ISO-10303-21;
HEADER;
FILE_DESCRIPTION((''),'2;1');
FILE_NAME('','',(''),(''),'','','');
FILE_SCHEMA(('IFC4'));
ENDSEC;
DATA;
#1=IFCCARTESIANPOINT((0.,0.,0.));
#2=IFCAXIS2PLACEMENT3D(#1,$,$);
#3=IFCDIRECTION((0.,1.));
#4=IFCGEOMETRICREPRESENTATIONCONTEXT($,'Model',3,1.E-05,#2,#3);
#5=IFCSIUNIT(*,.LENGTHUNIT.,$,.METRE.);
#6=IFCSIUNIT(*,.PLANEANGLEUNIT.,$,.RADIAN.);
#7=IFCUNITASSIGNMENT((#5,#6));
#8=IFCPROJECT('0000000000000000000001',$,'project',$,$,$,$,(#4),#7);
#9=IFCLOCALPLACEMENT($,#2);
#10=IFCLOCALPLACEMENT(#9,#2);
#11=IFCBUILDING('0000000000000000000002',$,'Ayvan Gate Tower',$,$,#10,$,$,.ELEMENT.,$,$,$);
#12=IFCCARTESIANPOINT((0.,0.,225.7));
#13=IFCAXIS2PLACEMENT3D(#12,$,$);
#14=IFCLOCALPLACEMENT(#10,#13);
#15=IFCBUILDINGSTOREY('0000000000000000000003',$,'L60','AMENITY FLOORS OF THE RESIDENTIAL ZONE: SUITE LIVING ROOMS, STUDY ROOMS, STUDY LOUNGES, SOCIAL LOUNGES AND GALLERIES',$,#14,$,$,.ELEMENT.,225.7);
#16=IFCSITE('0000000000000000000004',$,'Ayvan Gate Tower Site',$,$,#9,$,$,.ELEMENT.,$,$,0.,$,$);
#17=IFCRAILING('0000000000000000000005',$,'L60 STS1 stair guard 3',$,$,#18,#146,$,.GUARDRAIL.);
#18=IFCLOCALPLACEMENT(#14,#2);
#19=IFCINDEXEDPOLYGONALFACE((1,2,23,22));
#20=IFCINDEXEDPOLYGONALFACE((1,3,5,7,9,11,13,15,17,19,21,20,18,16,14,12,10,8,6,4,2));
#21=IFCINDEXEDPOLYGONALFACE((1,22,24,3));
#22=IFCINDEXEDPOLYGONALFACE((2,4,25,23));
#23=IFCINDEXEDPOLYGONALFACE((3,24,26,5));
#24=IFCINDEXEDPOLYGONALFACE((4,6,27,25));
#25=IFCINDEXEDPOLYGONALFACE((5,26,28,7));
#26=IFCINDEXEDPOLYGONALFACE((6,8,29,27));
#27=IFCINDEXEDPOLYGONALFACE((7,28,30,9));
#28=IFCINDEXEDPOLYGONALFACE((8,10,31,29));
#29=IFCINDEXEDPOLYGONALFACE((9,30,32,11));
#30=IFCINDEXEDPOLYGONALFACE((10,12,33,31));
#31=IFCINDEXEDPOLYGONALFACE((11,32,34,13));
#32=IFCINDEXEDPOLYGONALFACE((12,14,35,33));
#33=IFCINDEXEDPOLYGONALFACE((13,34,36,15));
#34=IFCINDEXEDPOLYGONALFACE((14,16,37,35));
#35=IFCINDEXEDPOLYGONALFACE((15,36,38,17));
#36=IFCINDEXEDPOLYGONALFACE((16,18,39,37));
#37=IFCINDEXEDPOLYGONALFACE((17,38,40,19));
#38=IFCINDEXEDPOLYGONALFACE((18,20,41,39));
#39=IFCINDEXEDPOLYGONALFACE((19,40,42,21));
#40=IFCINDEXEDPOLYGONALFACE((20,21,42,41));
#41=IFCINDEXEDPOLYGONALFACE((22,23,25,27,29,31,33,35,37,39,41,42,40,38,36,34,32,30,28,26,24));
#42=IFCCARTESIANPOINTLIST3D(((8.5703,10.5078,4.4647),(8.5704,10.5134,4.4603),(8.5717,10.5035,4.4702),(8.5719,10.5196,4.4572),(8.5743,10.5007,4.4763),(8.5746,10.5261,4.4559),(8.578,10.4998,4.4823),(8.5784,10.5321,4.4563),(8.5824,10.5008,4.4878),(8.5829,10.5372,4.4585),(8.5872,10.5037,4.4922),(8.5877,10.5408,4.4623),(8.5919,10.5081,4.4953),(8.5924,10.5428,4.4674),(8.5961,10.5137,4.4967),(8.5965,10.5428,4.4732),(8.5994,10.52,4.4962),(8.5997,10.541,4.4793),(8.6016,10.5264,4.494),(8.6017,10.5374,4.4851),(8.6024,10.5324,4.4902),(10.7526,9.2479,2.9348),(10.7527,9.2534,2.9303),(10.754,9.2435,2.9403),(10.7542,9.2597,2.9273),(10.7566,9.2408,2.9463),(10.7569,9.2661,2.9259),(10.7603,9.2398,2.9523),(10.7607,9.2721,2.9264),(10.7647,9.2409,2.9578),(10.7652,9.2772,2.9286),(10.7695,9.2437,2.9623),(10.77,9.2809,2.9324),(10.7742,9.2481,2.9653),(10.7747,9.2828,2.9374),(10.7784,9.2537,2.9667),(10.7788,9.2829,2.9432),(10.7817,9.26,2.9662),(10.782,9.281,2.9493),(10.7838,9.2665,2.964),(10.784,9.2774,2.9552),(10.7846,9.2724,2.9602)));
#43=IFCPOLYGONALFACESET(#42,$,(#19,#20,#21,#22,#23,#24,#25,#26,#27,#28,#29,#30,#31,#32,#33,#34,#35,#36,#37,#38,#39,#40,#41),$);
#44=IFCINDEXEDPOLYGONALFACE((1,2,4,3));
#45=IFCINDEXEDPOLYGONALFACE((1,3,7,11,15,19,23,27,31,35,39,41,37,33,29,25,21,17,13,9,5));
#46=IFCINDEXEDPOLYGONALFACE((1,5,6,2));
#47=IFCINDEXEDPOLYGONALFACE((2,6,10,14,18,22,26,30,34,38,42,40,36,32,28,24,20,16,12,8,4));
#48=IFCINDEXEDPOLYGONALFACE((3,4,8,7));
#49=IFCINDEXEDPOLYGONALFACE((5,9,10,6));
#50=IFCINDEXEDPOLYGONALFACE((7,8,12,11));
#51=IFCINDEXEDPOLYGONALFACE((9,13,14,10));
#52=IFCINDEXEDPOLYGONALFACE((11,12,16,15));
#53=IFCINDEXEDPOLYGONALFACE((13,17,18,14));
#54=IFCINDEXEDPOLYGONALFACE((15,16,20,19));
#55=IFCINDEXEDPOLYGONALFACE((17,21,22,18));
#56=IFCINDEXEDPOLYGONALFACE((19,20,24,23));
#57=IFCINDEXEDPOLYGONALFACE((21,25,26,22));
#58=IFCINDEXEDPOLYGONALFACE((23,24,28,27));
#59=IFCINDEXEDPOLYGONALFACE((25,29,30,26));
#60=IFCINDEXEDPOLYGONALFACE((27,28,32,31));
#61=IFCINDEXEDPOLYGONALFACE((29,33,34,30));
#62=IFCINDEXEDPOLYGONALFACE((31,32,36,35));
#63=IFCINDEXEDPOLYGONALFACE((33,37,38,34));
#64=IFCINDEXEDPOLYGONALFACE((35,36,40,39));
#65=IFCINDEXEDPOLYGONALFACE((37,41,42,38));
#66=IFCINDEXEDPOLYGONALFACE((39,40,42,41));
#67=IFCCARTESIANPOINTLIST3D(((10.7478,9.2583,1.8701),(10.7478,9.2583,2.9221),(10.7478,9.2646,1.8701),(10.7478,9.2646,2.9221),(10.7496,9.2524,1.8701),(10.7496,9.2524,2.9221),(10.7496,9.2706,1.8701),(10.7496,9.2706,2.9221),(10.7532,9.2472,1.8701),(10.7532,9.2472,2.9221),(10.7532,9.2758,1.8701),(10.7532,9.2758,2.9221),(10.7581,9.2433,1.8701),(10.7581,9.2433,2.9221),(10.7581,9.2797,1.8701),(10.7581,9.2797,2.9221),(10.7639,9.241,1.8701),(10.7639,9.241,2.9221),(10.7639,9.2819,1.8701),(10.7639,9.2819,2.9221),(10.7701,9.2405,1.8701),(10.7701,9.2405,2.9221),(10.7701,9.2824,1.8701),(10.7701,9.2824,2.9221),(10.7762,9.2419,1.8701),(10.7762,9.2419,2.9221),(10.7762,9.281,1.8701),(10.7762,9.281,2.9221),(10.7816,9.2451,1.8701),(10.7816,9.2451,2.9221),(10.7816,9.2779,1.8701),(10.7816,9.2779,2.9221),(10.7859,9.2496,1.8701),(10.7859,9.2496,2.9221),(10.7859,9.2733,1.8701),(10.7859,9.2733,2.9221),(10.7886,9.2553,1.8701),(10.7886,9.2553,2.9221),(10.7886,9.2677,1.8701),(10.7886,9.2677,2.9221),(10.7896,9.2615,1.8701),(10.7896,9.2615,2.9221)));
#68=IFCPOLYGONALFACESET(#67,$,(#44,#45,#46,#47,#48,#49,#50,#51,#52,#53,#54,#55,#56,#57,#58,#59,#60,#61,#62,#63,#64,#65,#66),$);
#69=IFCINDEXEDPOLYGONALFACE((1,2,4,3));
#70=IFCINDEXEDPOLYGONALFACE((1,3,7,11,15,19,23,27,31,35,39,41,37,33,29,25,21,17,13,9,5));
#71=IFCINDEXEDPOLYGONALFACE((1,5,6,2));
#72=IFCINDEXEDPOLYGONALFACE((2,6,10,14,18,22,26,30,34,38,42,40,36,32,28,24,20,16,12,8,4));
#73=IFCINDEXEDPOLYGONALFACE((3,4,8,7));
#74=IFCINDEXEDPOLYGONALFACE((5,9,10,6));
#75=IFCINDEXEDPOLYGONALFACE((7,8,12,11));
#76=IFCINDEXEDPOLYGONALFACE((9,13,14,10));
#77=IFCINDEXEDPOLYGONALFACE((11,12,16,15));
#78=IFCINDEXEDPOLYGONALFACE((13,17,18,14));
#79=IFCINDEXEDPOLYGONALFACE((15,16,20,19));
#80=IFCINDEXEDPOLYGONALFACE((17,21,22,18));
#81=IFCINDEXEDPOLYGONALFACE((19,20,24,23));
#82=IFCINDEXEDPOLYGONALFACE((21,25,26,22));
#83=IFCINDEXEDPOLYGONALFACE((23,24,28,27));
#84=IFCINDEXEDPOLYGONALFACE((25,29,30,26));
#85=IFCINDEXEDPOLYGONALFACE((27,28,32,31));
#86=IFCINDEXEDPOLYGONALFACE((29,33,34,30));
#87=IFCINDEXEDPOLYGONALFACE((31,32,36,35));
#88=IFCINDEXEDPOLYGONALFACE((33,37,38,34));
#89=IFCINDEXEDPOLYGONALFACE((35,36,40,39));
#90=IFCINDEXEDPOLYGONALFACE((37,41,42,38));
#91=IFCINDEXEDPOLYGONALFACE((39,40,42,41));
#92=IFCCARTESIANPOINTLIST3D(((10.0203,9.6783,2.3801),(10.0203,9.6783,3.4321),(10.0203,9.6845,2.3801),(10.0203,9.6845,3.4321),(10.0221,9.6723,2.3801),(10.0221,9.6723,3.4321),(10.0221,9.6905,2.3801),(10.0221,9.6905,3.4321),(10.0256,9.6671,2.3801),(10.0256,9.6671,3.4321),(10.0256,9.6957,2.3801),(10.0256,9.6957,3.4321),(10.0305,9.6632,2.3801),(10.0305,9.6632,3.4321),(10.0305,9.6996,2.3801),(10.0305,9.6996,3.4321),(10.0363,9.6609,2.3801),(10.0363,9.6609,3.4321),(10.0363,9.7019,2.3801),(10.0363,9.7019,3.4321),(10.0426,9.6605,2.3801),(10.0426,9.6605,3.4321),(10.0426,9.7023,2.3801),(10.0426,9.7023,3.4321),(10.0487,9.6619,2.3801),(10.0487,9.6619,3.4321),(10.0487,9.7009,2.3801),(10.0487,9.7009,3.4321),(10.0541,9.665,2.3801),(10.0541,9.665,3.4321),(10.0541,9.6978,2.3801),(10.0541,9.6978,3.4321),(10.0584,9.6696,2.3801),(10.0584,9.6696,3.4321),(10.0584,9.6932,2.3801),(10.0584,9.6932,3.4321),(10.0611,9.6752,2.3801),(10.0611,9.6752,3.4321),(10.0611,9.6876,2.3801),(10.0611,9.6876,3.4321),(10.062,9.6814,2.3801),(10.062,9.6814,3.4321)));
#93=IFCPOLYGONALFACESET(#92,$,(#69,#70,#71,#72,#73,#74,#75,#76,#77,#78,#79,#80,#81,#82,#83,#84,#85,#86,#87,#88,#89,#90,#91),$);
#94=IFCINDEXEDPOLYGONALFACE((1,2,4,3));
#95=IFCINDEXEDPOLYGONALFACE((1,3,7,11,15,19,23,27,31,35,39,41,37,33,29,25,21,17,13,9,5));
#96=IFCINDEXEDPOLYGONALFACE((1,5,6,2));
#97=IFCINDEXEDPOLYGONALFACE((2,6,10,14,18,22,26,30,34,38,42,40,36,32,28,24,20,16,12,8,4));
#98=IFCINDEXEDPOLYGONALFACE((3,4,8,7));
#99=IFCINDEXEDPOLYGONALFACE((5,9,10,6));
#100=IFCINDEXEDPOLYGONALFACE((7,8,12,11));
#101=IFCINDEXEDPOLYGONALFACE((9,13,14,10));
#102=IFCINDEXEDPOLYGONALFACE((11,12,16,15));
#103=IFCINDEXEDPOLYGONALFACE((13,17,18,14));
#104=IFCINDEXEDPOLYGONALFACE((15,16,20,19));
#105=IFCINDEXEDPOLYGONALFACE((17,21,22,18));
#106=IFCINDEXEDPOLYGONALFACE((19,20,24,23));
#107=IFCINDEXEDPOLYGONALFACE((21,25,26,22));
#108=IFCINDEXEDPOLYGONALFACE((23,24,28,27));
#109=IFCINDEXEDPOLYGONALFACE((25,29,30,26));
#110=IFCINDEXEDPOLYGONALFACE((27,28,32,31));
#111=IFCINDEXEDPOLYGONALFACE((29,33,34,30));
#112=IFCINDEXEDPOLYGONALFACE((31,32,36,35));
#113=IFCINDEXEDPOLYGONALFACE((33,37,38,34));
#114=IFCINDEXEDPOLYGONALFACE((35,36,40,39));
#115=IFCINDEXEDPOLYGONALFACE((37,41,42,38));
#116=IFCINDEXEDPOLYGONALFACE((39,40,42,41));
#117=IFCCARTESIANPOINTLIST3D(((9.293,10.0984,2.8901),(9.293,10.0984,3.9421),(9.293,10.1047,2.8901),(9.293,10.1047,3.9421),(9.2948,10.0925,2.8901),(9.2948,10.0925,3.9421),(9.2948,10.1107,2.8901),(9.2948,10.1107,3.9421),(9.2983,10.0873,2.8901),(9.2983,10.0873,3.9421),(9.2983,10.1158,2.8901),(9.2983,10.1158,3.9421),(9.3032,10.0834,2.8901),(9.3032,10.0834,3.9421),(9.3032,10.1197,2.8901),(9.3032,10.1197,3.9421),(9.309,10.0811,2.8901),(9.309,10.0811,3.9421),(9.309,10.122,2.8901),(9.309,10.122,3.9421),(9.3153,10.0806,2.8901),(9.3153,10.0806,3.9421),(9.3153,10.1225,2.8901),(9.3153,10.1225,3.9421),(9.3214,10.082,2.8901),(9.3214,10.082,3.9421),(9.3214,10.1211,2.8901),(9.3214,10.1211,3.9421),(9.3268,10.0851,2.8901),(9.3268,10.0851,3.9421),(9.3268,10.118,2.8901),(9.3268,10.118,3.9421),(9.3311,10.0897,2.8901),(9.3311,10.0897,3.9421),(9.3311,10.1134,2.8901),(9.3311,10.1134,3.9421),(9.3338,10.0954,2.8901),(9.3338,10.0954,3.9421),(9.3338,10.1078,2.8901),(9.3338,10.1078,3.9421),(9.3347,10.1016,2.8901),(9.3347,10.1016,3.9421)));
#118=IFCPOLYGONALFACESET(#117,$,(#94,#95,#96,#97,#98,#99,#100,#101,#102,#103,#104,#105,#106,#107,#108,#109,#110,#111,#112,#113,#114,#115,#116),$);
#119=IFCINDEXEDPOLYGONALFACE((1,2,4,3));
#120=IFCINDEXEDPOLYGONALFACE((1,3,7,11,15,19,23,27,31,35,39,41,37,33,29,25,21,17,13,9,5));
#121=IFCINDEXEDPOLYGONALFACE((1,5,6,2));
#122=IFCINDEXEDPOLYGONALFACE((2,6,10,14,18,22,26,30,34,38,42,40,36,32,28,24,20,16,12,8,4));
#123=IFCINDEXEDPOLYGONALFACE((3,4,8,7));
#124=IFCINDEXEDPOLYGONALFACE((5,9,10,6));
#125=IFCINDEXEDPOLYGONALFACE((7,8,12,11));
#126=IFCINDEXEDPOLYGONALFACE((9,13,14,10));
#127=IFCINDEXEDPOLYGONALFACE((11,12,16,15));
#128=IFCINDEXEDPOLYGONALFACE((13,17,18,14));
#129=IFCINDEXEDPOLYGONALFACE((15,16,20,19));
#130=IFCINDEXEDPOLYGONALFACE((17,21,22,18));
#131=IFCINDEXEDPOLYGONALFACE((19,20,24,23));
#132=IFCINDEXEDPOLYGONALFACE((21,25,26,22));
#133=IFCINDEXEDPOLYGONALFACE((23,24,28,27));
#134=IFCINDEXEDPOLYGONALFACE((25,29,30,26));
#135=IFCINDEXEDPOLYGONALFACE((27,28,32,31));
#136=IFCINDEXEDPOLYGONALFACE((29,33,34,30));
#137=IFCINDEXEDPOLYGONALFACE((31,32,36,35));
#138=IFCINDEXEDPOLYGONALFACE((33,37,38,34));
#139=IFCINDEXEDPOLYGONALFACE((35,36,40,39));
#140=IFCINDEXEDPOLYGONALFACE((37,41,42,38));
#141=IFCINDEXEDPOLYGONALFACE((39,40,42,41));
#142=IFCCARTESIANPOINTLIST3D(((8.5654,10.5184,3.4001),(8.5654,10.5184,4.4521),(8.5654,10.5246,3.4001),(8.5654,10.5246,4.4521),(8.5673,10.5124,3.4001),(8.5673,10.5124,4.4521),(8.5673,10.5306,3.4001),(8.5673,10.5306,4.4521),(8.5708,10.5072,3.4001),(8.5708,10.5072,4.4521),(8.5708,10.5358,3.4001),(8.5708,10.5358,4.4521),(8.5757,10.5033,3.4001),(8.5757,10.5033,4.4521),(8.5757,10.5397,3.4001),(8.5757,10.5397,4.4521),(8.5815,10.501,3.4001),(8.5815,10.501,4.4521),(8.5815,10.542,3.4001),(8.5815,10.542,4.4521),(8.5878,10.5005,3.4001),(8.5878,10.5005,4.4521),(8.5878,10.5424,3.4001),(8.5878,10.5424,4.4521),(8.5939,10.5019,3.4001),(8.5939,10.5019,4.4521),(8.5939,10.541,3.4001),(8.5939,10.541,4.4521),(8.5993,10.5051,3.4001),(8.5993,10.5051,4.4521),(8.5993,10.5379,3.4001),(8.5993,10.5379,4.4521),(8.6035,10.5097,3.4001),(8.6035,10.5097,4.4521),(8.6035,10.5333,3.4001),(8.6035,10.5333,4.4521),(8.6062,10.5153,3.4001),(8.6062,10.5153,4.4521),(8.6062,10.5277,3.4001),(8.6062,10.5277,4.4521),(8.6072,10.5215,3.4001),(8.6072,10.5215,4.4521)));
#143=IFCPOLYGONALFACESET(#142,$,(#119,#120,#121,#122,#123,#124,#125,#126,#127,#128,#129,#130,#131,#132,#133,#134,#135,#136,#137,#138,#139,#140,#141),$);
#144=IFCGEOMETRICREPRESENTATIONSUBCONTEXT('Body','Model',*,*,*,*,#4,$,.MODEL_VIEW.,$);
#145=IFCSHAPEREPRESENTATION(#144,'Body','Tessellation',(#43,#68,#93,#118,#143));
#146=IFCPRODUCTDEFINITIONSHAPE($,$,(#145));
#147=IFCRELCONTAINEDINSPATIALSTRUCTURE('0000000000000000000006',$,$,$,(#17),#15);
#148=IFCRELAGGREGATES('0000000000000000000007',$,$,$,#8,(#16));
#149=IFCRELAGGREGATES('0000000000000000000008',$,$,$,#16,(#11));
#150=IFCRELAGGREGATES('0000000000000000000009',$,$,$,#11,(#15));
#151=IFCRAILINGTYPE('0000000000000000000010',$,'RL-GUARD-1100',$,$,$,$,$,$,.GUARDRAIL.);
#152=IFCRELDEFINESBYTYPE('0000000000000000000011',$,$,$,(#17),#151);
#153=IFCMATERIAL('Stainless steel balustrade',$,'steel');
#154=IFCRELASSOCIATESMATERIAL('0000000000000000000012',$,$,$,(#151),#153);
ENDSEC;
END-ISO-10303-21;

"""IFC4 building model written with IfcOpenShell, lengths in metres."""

from ifc_helpers import new_model, si_unit, direction, frame, origin, origin_2d, place, context, subcontext, project, spatial, circle, extrude, material, type_object, element, save


model = new_model("IFC4")

# Units and contexts
model_context = context("Model", 3, precision=1e-05, world=origin(), true_north=direction((0.0, 1.0)))
body_context = subcontext(model_context, "Body", "Model", "MODEL_VIEW")
ifc_project = project(units=[si_unit("LENGTHUNIT", "METRE"), si_unit("PLANEANGLEUNIT", "RADIAN")], contexts=[model_context])

# Site, building, storey
site_placement = place(None, origin())
site = spatial("IfcSite", under=ifc_project, at=site_placement, Name="Ayvan Gate Tower Site", CompositionType="ELEMENT", RefElevation=0.0)
building_placement = place(site_placement, origin())
building = spatial("IfcBuilding", under=site, at=building_placement, Name="Ayvan Gate Tower", CompositionType="ELEMENT")
storey_placement = place(building_placement, frame((0.0, 0.0, 225.7)))
storey = spatial("IfcBuildingStorey", under=building, at=storey_placement, Name="L60", Description="AMENITY FLOORS OF THE RESIDENTIAL ZONE: SUITE LIVING ROOMS, STUDY ROOMS, STUDY LOUNGES, SOCIAL LOUNGES AND GALLERIES", CompositionType="ELEMENT", Elevation=225.7)

# Railing
ifc_material_1 = material(Name="Stainless steel balustrade", Category="steel")
railing_type_1 = type_object("IfcRailingType", Name="RL-GUARD-1100", PredefinedType="GUARDRAIL", material=ifc_material_1)
railing_1_placement = place(storey_placement, frame((10.7686, 9.2615, 1.8701)))
element("IfcRailing", 1, at=railing_1_placement, inside=storey, type_object=railing_type_1, Name="L60 STS1 stair guard 3", PredefinedType="GUARDRAIL", context=body_context, shape_type="SweptSolid", body=[
    extrude(circle(Radius=0.0239, at=origin_2d()), frame((0.0, 0.0, 1.0762), z_axis=(-0.740261, 0.427395, 0.518986), x_axis=(-0.500005, -0.866023, 0.0)), (0.0, 0.0, 1.0), 2.948),
    extrude(circle(Radius=0.021, at=origin_2d()), origin(), (0.0, 0.0, 1.0), 1.052),
    extrude(circle(Radius=0.021, at=origin_2d()), frame((-0.7275, 0.4199, 0.51)), (0.0, 0.0, 1.0), 1.052),
    extrude(circle(Radius=0.021, at=origin_2d()), frame((-1.4548, 0.8401, 1.02)), (0.0, 0.0, 1.0), 1.052),
    extrude(circle(Radius=0.021, at=origin_2d()), frame((-2.1824, 1.26, 1.53)), (0.0, 0.0, 1.0), 1.052),
])

save(model, "model.ifc")
